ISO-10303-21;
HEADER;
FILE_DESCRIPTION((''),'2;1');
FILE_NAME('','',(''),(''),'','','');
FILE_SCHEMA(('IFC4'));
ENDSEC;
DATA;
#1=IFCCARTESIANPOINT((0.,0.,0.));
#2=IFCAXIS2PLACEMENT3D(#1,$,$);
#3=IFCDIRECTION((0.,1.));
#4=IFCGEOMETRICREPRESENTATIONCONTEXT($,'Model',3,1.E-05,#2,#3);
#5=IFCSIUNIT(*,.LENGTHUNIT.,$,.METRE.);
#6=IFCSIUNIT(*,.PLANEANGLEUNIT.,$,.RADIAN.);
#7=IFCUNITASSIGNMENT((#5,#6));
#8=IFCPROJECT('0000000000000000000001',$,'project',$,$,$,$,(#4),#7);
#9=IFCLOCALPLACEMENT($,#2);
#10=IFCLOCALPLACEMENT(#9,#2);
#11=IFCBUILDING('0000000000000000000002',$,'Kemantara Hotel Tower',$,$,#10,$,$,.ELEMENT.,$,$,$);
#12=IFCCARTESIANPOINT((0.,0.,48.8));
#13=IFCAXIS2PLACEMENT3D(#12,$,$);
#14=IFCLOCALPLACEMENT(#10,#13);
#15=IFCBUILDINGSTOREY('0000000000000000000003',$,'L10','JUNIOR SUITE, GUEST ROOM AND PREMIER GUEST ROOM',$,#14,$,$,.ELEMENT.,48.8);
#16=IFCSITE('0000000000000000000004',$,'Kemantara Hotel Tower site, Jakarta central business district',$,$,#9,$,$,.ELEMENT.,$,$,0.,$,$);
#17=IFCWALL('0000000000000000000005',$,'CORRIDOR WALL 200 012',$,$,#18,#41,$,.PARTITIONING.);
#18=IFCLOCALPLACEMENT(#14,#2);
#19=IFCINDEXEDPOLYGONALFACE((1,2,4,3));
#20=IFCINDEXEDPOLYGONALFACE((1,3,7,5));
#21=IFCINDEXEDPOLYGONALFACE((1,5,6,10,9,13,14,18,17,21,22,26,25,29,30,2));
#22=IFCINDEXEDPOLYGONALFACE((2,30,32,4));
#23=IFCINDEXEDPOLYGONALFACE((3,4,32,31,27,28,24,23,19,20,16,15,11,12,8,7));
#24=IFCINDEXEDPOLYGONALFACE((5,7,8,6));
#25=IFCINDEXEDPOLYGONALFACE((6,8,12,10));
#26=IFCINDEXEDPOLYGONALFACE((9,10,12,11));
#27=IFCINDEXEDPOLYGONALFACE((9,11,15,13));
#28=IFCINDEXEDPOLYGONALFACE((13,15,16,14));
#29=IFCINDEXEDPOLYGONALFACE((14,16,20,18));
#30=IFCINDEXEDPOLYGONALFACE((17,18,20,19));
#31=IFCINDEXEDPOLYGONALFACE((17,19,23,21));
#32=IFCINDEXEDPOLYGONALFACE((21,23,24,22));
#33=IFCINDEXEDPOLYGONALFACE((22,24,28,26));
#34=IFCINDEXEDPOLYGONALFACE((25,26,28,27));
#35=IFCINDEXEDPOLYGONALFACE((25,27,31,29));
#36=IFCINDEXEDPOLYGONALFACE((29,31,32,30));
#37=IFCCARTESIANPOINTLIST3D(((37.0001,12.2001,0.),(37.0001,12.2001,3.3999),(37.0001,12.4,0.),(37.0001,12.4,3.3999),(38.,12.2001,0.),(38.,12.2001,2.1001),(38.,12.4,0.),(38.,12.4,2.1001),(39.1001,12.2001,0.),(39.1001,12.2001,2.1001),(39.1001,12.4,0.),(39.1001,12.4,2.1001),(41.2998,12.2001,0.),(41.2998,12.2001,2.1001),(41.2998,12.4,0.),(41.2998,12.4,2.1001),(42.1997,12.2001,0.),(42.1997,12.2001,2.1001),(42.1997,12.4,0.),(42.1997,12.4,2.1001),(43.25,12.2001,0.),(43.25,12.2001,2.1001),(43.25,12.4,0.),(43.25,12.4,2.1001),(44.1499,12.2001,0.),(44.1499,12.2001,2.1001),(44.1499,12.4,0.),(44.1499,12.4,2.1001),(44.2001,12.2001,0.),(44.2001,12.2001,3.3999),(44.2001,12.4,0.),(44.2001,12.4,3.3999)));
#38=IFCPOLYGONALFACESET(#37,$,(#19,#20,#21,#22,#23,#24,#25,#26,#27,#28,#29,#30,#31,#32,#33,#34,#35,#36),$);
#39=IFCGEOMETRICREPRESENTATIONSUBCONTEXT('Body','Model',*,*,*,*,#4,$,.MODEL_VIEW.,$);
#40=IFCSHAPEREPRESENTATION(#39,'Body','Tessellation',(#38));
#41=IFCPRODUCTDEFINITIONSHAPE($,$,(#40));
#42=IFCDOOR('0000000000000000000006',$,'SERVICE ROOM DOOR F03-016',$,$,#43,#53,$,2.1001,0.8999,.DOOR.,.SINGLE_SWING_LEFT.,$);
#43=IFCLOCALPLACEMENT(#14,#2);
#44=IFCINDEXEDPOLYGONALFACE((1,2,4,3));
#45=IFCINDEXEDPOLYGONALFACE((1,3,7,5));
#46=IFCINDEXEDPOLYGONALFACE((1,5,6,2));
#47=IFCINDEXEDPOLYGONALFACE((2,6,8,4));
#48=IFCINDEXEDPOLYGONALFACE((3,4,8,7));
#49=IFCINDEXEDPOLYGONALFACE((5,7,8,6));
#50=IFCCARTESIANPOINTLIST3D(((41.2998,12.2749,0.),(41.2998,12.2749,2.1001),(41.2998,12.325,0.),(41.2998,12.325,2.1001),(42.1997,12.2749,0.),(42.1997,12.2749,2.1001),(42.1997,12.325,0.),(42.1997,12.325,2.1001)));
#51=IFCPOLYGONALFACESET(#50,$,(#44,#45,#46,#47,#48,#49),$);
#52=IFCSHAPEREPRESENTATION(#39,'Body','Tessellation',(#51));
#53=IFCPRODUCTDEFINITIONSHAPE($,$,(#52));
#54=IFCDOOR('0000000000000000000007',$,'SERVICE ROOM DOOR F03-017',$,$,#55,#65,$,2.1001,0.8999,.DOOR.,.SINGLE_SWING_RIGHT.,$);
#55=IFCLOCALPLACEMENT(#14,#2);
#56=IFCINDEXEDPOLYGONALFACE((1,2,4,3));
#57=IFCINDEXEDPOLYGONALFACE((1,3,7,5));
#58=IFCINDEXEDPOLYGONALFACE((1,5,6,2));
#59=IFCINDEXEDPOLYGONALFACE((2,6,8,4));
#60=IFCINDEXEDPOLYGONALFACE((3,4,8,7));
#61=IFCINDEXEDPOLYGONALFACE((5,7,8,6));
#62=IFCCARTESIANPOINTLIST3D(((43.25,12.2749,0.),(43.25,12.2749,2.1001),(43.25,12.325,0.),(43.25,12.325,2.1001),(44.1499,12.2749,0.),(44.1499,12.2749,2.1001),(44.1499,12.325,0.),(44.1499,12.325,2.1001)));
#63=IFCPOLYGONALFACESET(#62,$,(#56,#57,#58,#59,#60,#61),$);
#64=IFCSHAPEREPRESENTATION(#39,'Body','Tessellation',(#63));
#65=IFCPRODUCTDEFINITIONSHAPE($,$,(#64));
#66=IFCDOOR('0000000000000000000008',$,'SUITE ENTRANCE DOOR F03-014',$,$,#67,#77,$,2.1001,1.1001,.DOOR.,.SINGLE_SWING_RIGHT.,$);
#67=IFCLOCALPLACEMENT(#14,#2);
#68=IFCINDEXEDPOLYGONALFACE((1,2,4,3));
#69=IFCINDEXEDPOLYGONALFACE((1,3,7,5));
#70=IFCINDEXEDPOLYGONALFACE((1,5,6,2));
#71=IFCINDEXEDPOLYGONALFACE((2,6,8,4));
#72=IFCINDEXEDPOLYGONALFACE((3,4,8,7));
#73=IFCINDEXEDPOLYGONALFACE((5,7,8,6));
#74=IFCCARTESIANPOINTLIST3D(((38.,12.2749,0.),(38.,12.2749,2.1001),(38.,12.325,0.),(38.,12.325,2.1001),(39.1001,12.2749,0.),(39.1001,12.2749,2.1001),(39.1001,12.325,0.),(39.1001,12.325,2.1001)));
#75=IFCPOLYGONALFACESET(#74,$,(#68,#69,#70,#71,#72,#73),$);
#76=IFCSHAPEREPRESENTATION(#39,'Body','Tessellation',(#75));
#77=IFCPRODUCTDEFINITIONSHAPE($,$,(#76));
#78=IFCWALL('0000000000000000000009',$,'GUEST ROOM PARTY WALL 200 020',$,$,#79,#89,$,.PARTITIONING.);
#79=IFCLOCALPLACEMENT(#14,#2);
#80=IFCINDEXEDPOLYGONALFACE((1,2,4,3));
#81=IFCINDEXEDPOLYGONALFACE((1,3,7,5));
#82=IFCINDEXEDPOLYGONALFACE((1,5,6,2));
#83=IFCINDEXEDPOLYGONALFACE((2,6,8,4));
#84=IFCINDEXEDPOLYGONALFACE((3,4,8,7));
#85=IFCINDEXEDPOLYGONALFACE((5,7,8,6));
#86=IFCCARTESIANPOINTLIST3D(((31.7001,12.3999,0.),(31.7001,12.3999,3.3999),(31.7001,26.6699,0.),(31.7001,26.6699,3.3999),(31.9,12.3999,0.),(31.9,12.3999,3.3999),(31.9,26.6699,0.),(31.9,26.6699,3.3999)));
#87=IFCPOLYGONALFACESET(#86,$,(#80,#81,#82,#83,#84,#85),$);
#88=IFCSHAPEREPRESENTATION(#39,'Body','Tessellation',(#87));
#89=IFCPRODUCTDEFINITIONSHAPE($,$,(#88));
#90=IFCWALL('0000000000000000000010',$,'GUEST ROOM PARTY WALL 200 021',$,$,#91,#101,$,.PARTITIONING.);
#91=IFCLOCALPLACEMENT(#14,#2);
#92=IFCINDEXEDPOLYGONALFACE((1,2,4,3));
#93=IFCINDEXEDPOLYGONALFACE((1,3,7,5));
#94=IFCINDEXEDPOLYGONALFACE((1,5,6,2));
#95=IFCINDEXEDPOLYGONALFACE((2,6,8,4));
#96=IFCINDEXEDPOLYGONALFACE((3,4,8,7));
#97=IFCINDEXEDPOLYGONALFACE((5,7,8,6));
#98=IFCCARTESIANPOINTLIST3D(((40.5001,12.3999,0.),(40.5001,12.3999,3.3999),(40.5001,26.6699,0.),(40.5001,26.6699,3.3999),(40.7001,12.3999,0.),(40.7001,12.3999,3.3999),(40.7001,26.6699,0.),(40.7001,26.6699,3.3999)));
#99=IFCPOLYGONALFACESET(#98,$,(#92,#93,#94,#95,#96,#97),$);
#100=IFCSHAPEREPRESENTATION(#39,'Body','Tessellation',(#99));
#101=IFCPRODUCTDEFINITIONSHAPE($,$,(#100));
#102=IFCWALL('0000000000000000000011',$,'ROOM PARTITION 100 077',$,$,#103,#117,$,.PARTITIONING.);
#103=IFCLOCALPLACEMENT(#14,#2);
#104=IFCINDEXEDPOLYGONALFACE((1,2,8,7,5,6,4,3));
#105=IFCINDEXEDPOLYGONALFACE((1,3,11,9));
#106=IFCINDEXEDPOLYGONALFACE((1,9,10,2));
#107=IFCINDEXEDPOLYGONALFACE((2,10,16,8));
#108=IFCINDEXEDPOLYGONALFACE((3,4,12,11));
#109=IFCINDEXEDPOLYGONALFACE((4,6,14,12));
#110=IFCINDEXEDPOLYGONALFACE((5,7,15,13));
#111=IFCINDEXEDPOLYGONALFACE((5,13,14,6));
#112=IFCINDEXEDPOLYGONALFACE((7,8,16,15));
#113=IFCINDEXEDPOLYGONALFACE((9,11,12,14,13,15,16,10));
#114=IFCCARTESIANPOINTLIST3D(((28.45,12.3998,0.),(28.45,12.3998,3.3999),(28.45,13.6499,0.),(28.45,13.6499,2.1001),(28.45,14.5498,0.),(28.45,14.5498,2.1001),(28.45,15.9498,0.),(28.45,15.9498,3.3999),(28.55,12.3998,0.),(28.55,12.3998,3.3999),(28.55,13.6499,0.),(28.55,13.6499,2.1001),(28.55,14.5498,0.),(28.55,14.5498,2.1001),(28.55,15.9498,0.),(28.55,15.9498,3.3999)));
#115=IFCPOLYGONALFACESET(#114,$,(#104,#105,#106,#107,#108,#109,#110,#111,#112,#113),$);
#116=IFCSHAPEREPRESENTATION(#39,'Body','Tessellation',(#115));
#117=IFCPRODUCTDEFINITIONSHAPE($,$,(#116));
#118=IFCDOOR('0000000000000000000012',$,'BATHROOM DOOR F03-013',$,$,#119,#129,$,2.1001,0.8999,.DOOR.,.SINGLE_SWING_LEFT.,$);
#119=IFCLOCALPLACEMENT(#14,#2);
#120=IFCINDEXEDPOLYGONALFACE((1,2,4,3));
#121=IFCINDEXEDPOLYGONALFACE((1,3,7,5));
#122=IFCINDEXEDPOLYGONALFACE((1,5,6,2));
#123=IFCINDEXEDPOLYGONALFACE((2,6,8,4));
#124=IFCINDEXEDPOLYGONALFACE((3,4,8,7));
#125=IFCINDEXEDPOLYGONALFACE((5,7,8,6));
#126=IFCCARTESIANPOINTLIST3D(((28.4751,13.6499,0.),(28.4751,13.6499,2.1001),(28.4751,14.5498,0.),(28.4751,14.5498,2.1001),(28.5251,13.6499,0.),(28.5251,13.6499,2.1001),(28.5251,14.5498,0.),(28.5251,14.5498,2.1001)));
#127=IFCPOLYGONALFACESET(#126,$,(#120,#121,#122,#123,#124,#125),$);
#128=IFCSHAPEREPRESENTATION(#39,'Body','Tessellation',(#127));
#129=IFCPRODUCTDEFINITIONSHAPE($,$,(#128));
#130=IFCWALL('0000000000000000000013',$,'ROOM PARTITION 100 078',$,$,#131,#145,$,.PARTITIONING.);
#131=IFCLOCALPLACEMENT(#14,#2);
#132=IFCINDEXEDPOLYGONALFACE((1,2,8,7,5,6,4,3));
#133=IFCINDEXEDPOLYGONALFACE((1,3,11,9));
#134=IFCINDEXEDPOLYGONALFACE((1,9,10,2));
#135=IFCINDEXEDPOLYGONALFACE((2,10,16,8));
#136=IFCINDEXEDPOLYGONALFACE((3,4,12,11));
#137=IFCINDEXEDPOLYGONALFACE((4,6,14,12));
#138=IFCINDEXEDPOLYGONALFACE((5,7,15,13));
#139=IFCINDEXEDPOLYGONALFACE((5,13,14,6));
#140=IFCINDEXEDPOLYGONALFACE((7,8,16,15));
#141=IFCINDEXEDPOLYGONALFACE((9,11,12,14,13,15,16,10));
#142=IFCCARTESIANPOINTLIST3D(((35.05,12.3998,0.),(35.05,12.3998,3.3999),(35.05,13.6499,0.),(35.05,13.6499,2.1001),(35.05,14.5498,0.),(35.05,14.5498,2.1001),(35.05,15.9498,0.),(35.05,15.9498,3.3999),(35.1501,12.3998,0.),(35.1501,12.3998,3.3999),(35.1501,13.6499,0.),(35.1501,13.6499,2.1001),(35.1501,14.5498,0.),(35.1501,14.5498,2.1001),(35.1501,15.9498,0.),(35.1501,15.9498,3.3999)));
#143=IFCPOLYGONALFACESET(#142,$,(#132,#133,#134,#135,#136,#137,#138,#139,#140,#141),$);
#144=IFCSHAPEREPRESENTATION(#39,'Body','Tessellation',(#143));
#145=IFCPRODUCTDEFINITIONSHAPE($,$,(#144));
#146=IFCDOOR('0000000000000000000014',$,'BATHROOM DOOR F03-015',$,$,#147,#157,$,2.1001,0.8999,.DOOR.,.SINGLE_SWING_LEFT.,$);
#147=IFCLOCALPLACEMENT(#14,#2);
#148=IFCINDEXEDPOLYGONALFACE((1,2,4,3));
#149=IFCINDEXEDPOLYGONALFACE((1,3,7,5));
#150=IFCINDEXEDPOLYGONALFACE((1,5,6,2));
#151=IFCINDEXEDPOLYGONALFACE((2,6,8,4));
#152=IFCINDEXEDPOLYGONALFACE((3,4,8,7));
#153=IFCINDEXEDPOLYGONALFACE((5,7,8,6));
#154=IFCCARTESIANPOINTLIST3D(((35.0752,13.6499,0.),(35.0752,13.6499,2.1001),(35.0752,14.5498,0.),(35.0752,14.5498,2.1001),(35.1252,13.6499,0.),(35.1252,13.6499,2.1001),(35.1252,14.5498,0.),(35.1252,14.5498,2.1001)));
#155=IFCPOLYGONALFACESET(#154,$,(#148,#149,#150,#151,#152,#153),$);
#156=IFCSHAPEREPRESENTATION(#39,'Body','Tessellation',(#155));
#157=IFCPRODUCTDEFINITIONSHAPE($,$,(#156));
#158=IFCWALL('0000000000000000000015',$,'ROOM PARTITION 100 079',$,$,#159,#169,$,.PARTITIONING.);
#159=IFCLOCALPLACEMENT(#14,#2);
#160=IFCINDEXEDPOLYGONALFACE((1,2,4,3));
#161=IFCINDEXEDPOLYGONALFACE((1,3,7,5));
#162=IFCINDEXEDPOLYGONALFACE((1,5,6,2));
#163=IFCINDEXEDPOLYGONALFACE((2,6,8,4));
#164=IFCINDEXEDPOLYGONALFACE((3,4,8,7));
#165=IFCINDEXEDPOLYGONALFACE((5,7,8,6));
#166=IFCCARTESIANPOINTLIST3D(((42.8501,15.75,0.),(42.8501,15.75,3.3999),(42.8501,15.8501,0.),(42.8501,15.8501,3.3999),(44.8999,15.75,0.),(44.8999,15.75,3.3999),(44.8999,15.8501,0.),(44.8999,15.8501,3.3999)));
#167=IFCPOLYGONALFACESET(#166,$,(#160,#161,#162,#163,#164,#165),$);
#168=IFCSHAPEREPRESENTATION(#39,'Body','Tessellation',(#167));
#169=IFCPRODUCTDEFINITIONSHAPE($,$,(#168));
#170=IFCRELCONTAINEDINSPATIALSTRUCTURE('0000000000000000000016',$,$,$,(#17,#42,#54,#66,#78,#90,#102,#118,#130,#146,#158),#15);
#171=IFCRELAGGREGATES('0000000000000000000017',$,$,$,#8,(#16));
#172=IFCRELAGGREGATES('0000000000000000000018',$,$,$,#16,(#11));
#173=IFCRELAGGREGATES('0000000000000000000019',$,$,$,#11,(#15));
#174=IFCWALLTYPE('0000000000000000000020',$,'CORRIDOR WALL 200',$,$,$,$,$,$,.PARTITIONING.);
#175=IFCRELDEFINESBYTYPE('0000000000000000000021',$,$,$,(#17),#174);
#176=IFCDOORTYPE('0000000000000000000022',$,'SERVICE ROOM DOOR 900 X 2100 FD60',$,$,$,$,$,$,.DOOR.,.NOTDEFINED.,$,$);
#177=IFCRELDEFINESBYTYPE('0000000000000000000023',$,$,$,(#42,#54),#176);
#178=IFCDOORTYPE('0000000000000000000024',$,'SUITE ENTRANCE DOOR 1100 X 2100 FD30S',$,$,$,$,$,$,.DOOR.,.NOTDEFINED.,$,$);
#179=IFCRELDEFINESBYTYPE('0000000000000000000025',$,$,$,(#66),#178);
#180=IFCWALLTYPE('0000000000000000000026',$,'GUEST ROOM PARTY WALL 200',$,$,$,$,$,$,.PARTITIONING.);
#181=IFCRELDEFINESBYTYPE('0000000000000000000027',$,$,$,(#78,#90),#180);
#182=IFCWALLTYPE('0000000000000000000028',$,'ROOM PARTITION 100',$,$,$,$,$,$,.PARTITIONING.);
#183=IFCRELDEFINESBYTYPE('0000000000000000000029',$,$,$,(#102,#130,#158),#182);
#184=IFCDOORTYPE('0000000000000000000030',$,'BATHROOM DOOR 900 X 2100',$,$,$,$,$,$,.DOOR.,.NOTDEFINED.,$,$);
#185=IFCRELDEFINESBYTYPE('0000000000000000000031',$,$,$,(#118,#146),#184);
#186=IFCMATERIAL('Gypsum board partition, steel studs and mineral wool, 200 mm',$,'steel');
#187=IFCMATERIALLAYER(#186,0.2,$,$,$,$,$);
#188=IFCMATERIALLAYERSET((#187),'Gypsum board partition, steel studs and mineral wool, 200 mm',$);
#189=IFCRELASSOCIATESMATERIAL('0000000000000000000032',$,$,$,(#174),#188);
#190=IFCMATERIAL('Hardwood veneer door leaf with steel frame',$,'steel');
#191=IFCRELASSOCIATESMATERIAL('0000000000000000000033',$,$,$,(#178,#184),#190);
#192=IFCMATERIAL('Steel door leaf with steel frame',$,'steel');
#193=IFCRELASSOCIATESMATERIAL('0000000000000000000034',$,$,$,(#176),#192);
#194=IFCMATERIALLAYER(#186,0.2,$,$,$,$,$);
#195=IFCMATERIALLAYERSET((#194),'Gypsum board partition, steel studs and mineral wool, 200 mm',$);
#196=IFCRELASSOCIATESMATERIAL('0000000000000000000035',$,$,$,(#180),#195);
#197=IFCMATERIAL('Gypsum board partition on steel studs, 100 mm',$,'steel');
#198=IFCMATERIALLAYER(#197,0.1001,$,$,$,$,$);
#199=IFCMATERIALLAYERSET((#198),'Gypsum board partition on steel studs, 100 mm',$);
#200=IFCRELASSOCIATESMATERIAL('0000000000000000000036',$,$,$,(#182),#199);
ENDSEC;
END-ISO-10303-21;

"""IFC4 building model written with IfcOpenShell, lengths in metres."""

from ifc_helpers import new_model, si_unit, direction, frame, frame_2d, origin, place, context, subcontext, project, spatial, rectangle, extrude, material, layer, layer_set, type_object, element, fill, save


model = new_model("IFC4")

# Units and contexts
model_context = context("Model", 3, precision=1e-05, world=origin(), true_north=direction((0.0, 1.0)))
body_context = subcontext(model_context, "Body", "Model", "MODEL_VIEW")
ifc_project = project(units=[si_unit("LENGTHUNIT", "METRE"), si_unit("PLANEANGLEUNIT", "RADIAN")], contexts=[model_context])

# Site, building, storey
site_placement = place(None, origin())
site = spatial("IfcSite", under=ifc_project, at=site_placement, Name="Kemantara Hotel Tower site, Jakarta central business district", CompositionType="ELEMENT", RefElevation=0.0)
building_placement = place(site_placement, origin())
building = spatial("IfcBuilding", under=site, at=building_placement, Name="Kemantara Hotel Tower", CompositionType="ELEMENT")
storey_placement = place(building_placement, frame((0.0, 0.0, 48.8)))
storey = spatial("IfcBuildingStorey", under=building, at=storey_placement, Name="L10", Description="JUNIOR SUITE, GUEST ROOM AND PREMIER GUEST ROOM", CompositionType="ELEMENT", Elevation=48.8)

# Shared definitions
ifc_material_1 = material(Name="Gypsum board partition, steel studs and mineral wool, 200 mm", Category="steel")
ifc_layer_1 = layer(ifc_material_1, 0.2)
ifc_layer_set_1 = layer_set([ifc_layer_1], Name="Gypsum board partition, steel studs and mineral wool, 200 mm")
wall_type_1 = type_object("IfcWallType", Name="CORRIDOR WALL 200", PredefinedType="PARTITIONING", material=ifc_layer_set_1)
ifc_material_2 = material(Name="Hardwood veneer door leaf with steel frame", Category="steel")
door_type_1 = type_object("IfcDoorType", Name="SUITE ENTRANCE DOOR 1100 X 2100 FD30S", OperationType="NOTDEFINED", PredefinedType="DOOR", material=ifc_material_2)

# Wall, openings, doors
wall_1_placement = place(storey_placement, frame((37.0, 12.3, 0.0), z_axis=(0.0, 0.0, 1.0), x_axis=(1.0, 0.0, 0.0)))
wall_1 = element("IfcWall", 1, at=wall_1_placement, inside=storey, type_object=wall_type_1, Name="CORRIDOR WALL 200 012", PredefinedType="PARTITIONING", context=body_context, shape_type="SweptSolid", body=[
    extrude(rectangle(XDim=7.2, YDim=0.2, at=frame_2d((3.6001, 0.0))), origin(), (0.0, 0.0, 1.0), 3.3999),
])
opening_1_placement = place(wall_1_placement, frame((1.0, 0.0, 0.0)))
opening_1 = element("IfcOpeningElement", 2, at=opening_1_placement, cuts=wall_1, PredefinedType="OPENING", context=body_context, shape_type="SweptSolid", body=[
    extrude(rectangle(XDim=1.1001, YDim=2.1001, at=frame_2d((0.55, 1.05))), frame((0.0, 0.1099, 0.0), z_axis=(0.0, -1.0, 0.0), x_axis=(1.0, 0.0, 0.0)), (0.0, 0.0, 1.0), 0.22),
])
opening_2_placement = place(wall_1_placement, frame((4.2998, 0.0, 0.0)))
opening_2 = element("IfcOpeningElement", 3, at=opening_2_placement, cuts=wall_1, PredefinedType="OPENING", context=body_context, shape_type="SweptSolid", body=[
    extrude(rectangle(XDim=0.8999, YDim=2.1001, at=frame_2d((0.45, 1.05))), frame((0.0, 0.1099, 0.0), z_axis=(0.0, -1.0, 0.0), x_axis=(1.0, 0.0, 0.0)), (0.0, 0.0, 1.0), 0.22),
])
opening_3_placement = place(wall_1_placement, frame((6.25, 0.0, 0.0)))
opening_3 = element("IfcOpeningElement", 4, at=opening_3_placement, cuts=wall_1, PredefinedType="OPENING", context=body_context, shape_type="SweptSolid", body=[
    extrude(rectangle(XDim=0.8999, YDim=2.1001, at=frame_2d((0.45, 1.05))), frame((0.0, 0.1099, 0.0), z_axis=(0.0, -1.0, 0.0), x_axis=(1.0, 0.0, 0.0)), (0.0, 0.0, 1.0), 0.22),
])
ifc_material_3 = material(Name="Steel door leaf with steel frame", Category="steel")
door_type_2 = type_object("IfcDoorType", Name="SERVICE ROOM DOOR 900 X 2100 FD60", OperationType="NOTDEFINED", PredefinedType="DOOR", material=ifc_material_3)
door_1_placement = place(opening_2_placement, origin())
door_1 = element("IfcDoor", 5, at=door_1_placement, inside=storey, type_object=door_type_2, Name="SERVICE ROOM DOOR F03-016", OperationType="SINGLE_SWING_LEFT", OverallHeight=2.1001, OverallWidth=0.8999, PredefinedType="DOOR", context=body_context, shape_type="SweptSolid", body=[
    extrude(rectangle(XDim=0.8999, YDim=2.1001, at=frame_2d((0.45, 1.05))), frame((0.0, 0.0249, 0.0), z_axis=(0.0, -1.0, 0.0), x_axis=(1.0, 0.0, 0.0)), (0.0, 0.0, 1.0), 0.05),
])
fill(opening_2, door_1)
door_2_placement = place(opening_3_placement, origin())
door_2 = element("IfcDoor", 6, at=door_2_placement, inside=storey, type_object=door_type_2, Name="SERVICE ROOM DOOR F03-017", OperationType="SINGLE_SWING_RIGHT", OverallHeight=2.1001, OverallWidth=0.8999, PredefinedType="DOOR", context=body_context, shape_type="SweptSolid", body=[
    extrude(rectangle(XDim=0.8999, YDim=2.1001, at=frame_2d((0.45, 1.05))), frame((0.0, 0.0249, 0.0), z_axis=(0.0, -1.0, 0.0), x_axis=(1.0, 0.0, 0.0)), (0.0, 0.0, 1.0), 0.05),
])
fill(opening_3, door_2)
door_3_placement = place(opening_1_placement, origin())
door_3 = element("IfcDoor", 7, at=door_3_placement, inside=storey, type_object=door_type_1, Name="SUITE ENTRANCE DOOR F03-014", OperationType="SINGLE_SWING_RIGHT", OverallHeight=2.1001, OverallWidth=1.1001, PredefinedType="DOOR", context=body_context, shape_type="SweptSolid", body=[
    extrude(rectangle(XDim=1.1001, YDim=2.1001, at=frame_2d((0.55, 1.05))), frame((0.0, 0.0249, 0.0), z_axis=(0.0, -1.0, 0.0), x_axis=(1.0, 0.0, 0.0)), (0.0, 0.0, 1.0), 0.05),
])
fill(opening_1, door_3)

# Walls
ifc_layer_2 = layer(ifc_material_1, 0.2)
ifc_layer_set_2 = layer_set([ifc_layer_2], Name="Gypsum board partition, steel studs and mineral wool, 200 mm")
wall_type_2 = type_object("IfcWallType", Name="GUEST ROOM PARTY WALL 200", PredefinedType="PARTITIONING", material=ifc_layer_set_2)
for number, where, z_axis, x_axis, name in (
    (8, (31.8, 12.3999, 0.0), (0.0, 0.0, 1.0), (0.0, 1.0, 0.0), "GUEST ROOM PARTY WALL 200 020"),
    (9, (40.6001, 12.3999, 0.0), (0.0, 0.0, 1.0), (0.0, 1.0, 0.0), "GUEST ROOM PARTY WALL 200 021"),
):
    element("IfcWall", number, at=place(storey_placement, frame(where, z_axis=z_axis, x_axis=x_axis)), inside=storey, type_object=wall_type_2, Name=name, PredefinedType="PARTITIONING", context=body_context, shape_type="SweptSolid", body=[
        extrude(rectangle(XDim=14.27, YDim=0.2, at=frame_2d((7.135, 0.0))), origin(), (0.0, 0.0, 1.0), 3.3999),
    ])

# Walls, openings, doors
ifc_material_4 = material(Name="Gypsum board partition on steel studs, 100 mm", Category="steel")
ifc_layer_3 = layer(ifc_material_4, 0.1001)
ifc_layer_set_3 = layer_set([ifc_layer_3], Name="Gypsum board partition on steel studs, 100 mm")
wall_type_3 = type_object("IfcWallType", Name="ROOM PARTITION 100", PredefinedType="PARTITIONING", material=ifc_layer_set_3)
wall_2_placement = place(storey_placement, frame((28.5, 12.3999, 0.0), z_axis=(0.0, 0.0, 1.0), x_axis=(0.0, 1.0, 0.0)))
wall_2 = element("IfcWall", 10, at=wall_2_placement, inside=storey, type_object=wall_type_3, Name="ROOM PARTITION 100 077", PredefinedType="PARTITIONING", context=body_context, shape_type="SweptSolid", body=[
    extrude(rectangle(XDim=3.55, YDim=0.1001, at=frame_2d((1.7749, 0.0))), origin(), (0.0, 0.0, 1.0), 3.3999),
])
opening_4_placement = place(wall_2_placement, frame((1.25, 0.0, 0.0)))
opening_4 = element("IfcOpeningElement", 11, at=opening_4_placement, cuts=wall_2, PredefinedType="OPENING", context=body_context, shape_type="SweptSolid", body=[
    extrude(rectangle(XDim=0.8999, YDim=2.1001, at=frame_2d((0.45, 1.05))), frame((0.0, 0.0601, 0.0), z_axis=(0.0, -1.0, 0.0), x_axis=(1.0, 0.0, 0.0)), (0.0, 0.0, 1.0), 0.1201),
])
door_type_3 = type_object("IfcDoorType", Name="BATHROOM DOOR 900 X 2100", OperationType="NOTDEFINED", PredefinedType="DOOR", material=ifc_material_2)
door_4_placement = place(opening_4_placement, origin())
door_4 = element("IfcDoor", 12, at=door_4_placement, inside=storey, type_object=door_type_3, Name="BATHROOM DOOR F03-013", OperationType="SINGLE_SWING_LEFT", OverallHeight=2.1001, OverallWidth=0.8999, PredefinedType="DOOR", context=body_context, shape_type="SweptSolid", body=[
    extrude(rectangle(XDim=0.8999, YDim=2.1001, at=frame_2d((0.45, 1.05))), frame((0.0, 0.0249, 0.0), z_axis=(0.0, -1.0, 0.0), x_axis=(1.0, 0.0, 0.0)), (0.0, 0.0, 1.0), 0.05),
])
fill(opening_4, door_4)
wall_3_placement = place(storey_placement, frame((35.1001, 12.3999, 0.0), z_axis=(0.0, 0.0, 1.0), x_axis=(0.0, 1.0, 0.0)))
wall_3 = element("IfcWall", 13, at=wall_3_placement, inside=storey, type_object=wall_type_3, Name="ROOM PARTITION 100 078", PredefinedType="PARTITIONING", context=body_context, shape_type="SweptSolid", body=[
    extrude(rectangle(XDim=3.55, YDim=0.1001, at=frame_2d((1.7749, 0.0))), origin(), (0.0, 0.0, 1.0), 3.3999),
])
opening_5_placement = place(wall_3_placement, frame((1.25, 0.0, 0.0)))
opening_5 = element("IfcOpeningElement", 14, at=opening_5_placement, cuts=wall_3, PredefinedType="OPENING", context=body_context, shape_type="SweptSolid", body=[
    extrude(rectangle(XDim=0.8999, YDim=2.1001, at=frame_2d((0.45, 1.05))), frame((0.0, 0.0601, 0.0), z_axis=(0.0, -1.0, 0.0), x_axis=(1.0, 0.0, 0.0)), (0.0, 0.0, 1.0), 0.1201),
])
door_5_placement = place(opening_5_placement, origin())
door_5 = element("IfcDoor", 15, at=door_5_placement, inside=storey, type_object=door_type_3, Name="BATHROOM DOOR F03-015", OperationType="SINGLE_SWING_LEFT", OverallHeight=2.1001, OverallWidth=0.8999, PredefinedType="DOOR", context=body_context, shape_type="SweptSolid", body=[
    extrude(rectangle(XDim=0.8999, YDim=2.1001, at=frame_2d((0.45, 1.05))), frame((0.0, 0.0249, 0.0), z_axis=(0.0, -1.0, 0.0), x_axis=(1.0, 0.0, 0.0)), (0.0, 0.0, 1.0), 0.05),
])
fill(opening_5, door_5)

# Wall
wall_4_placement = place(storey_placement, frame((42.8501, 15.8, 0.0), z_axis=(0.0, 0.0, 1.0), x_axis=(1.0, 0.0, 0.0)))
element("IfcWall", 16, at=wall_4_placement, inside=storey, type_object=wall_type_3, Name="ROOM PARTITION 100 079", PredefinedType="PARTITIONING", context=body_context, shape_type="SweptSolid", body=[
    extrude(rectangle(XDim=2.0498, YDim=0.1001, at=frame_2d((1.0249, 0.0))), origin(), (0.0, 0.0, 1.0), 3.3999),
])

save(model, "model.ifc")
